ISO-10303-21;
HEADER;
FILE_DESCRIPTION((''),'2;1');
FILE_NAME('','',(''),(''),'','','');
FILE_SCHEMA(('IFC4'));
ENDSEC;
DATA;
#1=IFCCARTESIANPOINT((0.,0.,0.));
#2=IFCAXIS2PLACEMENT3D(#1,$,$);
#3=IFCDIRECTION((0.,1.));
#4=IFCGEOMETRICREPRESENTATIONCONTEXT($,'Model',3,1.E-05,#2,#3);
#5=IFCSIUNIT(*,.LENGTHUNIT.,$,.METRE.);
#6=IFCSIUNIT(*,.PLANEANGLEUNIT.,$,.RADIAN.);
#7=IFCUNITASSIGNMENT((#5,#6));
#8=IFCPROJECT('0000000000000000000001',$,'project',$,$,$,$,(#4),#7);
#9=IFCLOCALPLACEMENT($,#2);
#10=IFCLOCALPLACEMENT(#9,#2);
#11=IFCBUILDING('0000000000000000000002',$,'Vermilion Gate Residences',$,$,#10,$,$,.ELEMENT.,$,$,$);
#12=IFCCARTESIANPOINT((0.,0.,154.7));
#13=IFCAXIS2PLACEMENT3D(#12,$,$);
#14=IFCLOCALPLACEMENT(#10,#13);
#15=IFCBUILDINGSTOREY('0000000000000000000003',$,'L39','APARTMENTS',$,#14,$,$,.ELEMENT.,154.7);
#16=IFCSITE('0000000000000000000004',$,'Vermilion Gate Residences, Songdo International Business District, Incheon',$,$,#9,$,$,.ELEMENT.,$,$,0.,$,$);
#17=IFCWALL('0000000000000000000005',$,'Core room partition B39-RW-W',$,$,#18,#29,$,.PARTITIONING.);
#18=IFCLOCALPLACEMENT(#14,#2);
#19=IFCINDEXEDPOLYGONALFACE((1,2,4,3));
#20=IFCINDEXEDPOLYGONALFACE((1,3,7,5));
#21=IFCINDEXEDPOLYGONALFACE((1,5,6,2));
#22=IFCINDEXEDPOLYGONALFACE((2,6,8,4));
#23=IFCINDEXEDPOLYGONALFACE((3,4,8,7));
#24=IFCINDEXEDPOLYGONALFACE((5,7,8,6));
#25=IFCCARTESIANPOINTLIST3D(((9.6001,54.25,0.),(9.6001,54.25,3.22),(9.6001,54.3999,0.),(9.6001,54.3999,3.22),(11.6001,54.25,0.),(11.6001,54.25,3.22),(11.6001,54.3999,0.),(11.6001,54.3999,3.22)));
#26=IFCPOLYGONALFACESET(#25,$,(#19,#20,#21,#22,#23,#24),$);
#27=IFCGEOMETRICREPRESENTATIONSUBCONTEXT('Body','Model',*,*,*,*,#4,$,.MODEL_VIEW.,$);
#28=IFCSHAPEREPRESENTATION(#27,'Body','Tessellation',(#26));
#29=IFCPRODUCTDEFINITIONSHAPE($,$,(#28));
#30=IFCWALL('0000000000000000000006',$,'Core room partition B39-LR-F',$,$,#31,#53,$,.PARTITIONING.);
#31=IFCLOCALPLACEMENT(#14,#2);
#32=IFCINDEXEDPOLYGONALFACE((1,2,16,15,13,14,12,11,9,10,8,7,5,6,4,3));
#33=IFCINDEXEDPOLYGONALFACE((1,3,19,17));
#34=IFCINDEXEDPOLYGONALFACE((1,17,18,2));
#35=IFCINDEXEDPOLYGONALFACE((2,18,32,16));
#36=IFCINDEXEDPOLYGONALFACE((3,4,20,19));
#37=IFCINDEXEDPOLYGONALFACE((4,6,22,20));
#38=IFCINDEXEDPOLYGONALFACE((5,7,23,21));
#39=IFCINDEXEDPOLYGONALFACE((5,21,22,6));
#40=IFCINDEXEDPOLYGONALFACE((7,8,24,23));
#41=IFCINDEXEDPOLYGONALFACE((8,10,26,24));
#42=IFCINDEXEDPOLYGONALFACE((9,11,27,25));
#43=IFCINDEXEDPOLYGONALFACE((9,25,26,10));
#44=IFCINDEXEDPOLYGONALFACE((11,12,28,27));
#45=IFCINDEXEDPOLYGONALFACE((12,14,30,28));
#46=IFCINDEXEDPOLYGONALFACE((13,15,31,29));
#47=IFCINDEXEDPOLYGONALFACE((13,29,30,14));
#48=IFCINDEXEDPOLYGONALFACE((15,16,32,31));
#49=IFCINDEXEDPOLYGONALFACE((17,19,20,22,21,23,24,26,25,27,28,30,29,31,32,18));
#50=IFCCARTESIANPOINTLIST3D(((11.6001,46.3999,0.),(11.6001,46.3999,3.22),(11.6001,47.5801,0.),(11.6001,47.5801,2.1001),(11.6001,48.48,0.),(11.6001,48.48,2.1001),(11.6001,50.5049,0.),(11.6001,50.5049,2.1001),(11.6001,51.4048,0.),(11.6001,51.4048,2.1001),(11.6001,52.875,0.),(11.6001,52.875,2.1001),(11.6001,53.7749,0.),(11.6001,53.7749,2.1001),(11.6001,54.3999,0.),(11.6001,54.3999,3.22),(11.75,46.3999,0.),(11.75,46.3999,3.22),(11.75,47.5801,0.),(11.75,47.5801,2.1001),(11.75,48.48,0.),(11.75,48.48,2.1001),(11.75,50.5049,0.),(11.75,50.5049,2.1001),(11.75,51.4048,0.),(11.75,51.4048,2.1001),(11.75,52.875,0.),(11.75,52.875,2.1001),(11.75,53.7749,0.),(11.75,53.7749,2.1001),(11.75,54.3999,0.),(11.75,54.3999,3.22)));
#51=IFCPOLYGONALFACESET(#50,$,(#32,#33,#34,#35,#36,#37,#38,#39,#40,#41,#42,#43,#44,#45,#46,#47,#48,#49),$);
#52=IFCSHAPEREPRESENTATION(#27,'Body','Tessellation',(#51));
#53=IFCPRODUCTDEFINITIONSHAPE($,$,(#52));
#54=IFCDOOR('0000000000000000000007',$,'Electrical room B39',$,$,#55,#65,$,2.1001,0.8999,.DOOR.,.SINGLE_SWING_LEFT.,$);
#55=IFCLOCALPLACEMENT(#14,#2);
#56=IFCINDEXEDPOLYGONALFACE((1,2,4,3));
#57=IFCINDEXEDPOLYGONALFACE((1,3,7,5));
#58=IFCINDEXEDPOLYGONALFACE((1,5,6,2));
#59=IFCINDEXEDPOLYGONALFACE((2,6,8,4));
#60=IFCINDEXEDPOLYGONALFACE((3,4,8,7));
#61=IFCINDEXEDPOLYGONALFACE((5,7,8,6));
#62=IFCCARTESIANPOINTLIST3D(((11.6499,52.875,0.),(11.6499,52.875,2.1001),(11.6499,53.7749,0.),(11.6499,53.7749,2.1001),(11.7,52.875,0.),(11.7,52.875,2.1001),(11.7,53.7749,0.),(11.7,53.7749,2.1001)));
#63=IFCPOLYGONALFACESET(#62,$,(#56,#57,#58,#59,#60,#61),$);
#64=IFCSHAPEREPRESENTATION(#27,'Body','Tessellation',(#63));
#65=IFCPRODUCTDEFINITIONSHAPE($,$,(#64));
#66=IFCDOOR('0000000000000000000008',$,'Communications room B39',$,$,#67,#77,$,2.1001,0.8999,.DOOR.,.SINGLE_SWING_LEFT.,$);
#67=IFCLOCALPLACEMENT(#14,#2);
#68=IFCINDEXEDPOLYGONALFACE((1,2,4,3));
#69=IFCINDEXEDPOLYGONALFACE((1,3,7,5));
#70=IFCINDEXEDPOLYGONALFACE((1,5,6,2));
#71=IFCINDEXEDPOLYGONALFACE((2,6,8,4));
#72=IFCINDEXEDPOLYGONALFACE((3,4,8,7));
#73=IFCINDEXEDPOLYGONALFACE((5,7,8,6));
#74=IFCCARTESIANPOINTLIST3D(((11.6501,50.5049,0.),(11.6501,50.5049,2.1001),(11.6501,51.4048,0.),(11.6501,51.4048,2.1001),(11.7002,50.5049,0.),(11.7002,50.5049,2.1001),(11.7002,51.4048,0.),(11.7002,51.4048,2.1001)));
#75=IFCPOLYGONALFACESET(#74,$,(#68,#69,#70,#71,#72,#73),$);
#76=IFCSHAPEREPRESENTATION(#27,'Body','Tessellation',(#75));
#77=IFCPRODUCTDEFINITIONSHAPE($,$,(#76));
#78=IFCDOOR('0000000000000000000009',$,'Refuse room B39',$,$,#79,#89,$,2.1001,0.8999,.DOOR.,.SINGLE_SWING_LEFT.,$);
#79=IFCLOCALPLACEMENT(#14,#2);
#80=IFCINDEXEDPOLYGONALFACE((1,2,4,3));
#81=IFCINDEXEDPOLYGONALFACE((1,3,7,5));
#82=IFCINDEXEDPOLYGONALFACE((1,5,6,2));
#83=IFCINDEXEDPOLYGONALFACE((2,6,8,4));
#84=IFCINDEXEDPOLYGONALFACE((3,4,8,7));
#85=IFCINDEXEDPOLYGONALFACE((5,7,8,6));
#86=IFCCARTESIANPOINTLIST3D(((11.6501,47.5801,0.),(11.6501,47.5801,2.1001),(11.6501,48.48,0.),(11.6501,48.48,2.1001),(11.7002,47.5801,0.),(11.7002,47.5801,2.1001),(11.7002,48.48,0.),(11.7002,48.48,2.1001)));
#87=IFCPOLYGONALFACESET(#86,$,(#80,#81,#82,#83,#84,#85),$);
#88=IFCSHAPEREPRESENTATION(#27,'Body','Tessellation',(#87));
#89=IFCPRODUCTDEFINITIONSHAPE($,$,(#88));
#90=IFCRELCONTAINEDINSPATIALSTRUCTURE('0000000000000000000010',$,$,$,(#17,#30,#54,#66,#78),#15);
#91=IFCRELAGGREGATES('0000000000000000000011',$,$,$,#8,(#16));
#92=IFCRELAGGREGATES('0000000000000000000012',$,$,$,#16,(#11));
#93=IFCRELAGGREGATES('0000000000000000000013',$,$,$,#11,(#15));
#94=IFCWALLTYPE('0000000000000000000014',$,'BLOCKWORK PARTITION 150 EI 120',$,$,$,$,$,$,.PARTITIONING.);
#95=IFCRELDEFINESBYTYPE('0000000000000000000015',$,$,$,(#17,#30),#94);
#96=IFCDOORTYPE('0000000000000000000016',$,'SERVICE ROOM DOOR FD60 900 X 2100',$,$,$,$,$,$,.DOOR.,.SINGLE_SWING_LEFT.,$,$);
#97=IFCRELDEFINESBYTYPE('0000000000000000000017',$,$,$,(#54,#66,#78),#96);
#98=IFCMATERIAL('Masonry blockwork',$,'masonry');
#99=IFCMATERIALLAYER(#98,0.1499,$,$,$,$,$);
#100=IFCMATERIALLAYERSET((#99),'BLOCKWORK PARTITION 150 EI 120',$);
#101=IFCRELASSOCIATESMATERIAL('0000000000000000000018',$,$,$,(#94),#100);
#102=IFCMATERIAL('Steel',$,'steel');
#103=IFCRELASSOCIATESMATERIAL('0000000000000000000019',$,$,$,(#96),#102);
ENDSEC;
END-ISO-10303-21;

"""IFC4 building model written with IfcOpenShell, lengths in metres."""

from ifc_helpers import new_model, si_unit, direction, frame, frame_2d, origin, place, context, subcontext, project, spatial, rectangle, extrude, material, layer, layer_set, type_object, element, fill, save


model = new_model("IFC4")

# Units and contexts
model_context = context("Model", 3, precision=1e-05, world=origin(), true_north=direction((0.0, 1.0)))
body_context = subcontext(model_context, "Body", "Model", "MODEL_VIEW")
ifc_project = project(units=[si_unit("LENGTHUNIT", "METRE"), si_unit("PLANEANGLEUNIT", "RADIAN")], contexts=[model_context])

# Site, building, storey
site_placement = place(None, origin())
site = spatial("IfcSite", under=ifc_project, at=site_placement, Name="Vermilion Gate Residences, Songdo International Business District, Incheon", CompositionType="ELEMENT", RefElevation=0.0)
building_placement = place(site_placement, origin())
building = spatial("IfcBuilding", under=site, at=building_placement, Name="Vermilion Gate Residences", CompositionType="ELEMENT")
storey_placement = place(building_placement, frame((0.0, 0.0, 154.7)))
storey = spatial("IfcBuildingStorey", under=building, at=storey_placement, Name="L39", Description="APARTMENTS", CompositionType="ELEMENT", Elevation=154.7)

# Wall
ifc_material_1 = material(Name="Masonry blockwork", Category="masonry")
ifc_layer_1 = layer(ifc_material_1, 0.1499)
ifc_layer_set_1 = layer_set([ifc_layer_1], Name="BLOCKWORK PARTITION 150 EI 120")
wall_type_1 = type_object("IfcWallType", Name="BLOCKWORK PARTITION 150 EI 120", PredefinedType="PARTITIONING", material=ifc_layer_set_1)
wall_1_placement = place(storey_placement, frame((9.6001, 54.325, 0.0), z_axis=(0.0, 0.0, 1.0), x_axis=(1.0, 0.0, 0.0)))
element("IfcWall", 1, at=wall_1_placement, inside=storey, type_object=wall_type_1, Name="Core room partition B39-RW-W", PredefinedType="PARTITIONING", context=body_context, shape_type="SweptSolid", body=[
    extrude(rectangle(XDim=2.0, YDim=0.1499, at=frame_2d((1.0, 0.0))), origin(), (0.0, 0.0, 1.0), 3.22),
])

# Wall, openings, doors
wall_2_placement = place(storey_placement, frame((11.675, 54.3999, 0.0), z_axis=(0.0, 0.0, 1.0), x_axis=(0.0, -1.0, 0.0)))
wall_2 = element("IfcWall", 2, at=wall_2_placement, inside=storey, type_object=wall_type_1, Name="Core room partition B39-LR-F", PredefinedType="PARTITIONING", context=body_context, shape_type="SweptSolid", body=[
    extrude(rectangle(XDim=8.0, YDim=0.1499, at=frame_2d((4.0, 0.0))), origin(), (0.0, 0.0, 1.0), 3.22),
])
opening_1_placement = place(wall_2_placement, frame((0.625, 0.0, 0.0)))
opening_1 = element("IfcOpeningElement", 3, at=opening_1_placement, cuts=wall_2, PredefinedType="OPENING", context=body_context, shape_type="SweptSolid", body=[
    extrude(rectangle(XDim=0.8999, YDim=2.1001, at=frame_2d((0.45, 1.05))), frame((0.0, 0.085, 0.0), z_axis=(0.0, -1.0, 0.0), x_axis=(1.0, 0.0, 0.0)), (0.0, 0.0, 1.0), 0.1699),
])
opening_2_placement = place(wall_2_placement, frame((2.9951, 0.0, 0.0)))
opening_2 = element("IfcOpeningElement", 4, at=opening_2_placement, cuts=wall_2, PredefinedType="OPENING", context=body_context, shape_type="SweptSolid", body=[
    extrude(rectangle(XDim=0.8999, YDim=2.1001, at=frame_2d((0.45, 1.05))), frame((0.0, 0.085, 0.0), z_axis=(0.0, -1.0, 0.0), x_axis=(1.0, 0.0, 0.0)), (0.0, 0.0, 1.0), 0.1699),
])
opening_3_placement = place(wall_2_placement, frame((5.9199, 0.0, 0.0)))
opening_3 = element("IfcOpeningElement", 5, at=opening_3_placement, cuts=wall_2, PredefinedType="OPENING", context=body_context, shape_type="SweptSolid", body=[
    extrude(rectangle(XDim=0.8999, YDim=2.1001, at=frame_2d((0.45, 1.05))), frame((0.0, 0.085, 0.0), z_axis=(0.0, -1.0, 0.0), x_axis=(1.0, 0.0, 0.0)), (0.0, 0.0, 1.0), 0.1699),
])
ifc_material_2 = material(Name="Steel", Category="steel")
door_type = type_object("IfcDoorType", Name="SERVICE ROOM DOOR FD60 900 X 2100", OperationType="SINGLE_SWING_LEFT", PredefinedType="DOOR", material=ifc_material_2)
door_1_placement = place(opening_1_placement, origin())
door_1 = element("IfcDoor", 6, at=door_1_placement, inside=storey, type_object=door_type, Name="Electrical room B39", OperationType="SINGLE_SWING_LEFT", OverallHeight=2.1001, OverallWidth=0.8999, PredefinedType="DOOR", context=body_context, shape_type="SweptSolid", body=[
    extrude(rectangle(XDim=0.8999, YDim=2.1001, at=frame_2d((0.45, 1.05))), frame((0.0, 0.0249, 0.0), z_axis=(0.0, -1.0, 0.0), x_axis=(1.0, 0.0, 0.0)), (0.0, 0.0, 1.0), 0.05),
])
fill(opening_1, door_1)
door_2_placement = place(opening_2_placement, frame((0.8999, 0.0, 0.0), z_axis=(0.0, 0.0, 1.0), x_axis=(-1.0, 0.0, 0.0)))
door_2 = element("IfcDoor", 7, at=door_2_placement, inside=storey, type_object=door_type, Name="Communications room B39", OperationType="SINGLE_SWING_LEFT", OverallHeight=2.1001, OverallWidth=0.8999, PredefinedType="DOOR", context=body_context, shape_type="SweptSolid", body=[
    extrude(rectangle(XDim=0.8999, YDim=2.1001, at=frame_2d((0.45, 1.05))), frame((0.0, 0.0249, 0.0), z_axis=(0.0, -1.0, 0.0), x_axis=(1.0, 0.0, 0.0)), (0.0, 0.0, 1.0), 0.05),
])
fill(opening_2, door_2)
door_3_placement = place(opening_3_placement, frame((0.8999, 0.0, 0.0), z_axis=(0.0, 0.0, 1.0), x_axis=(-1.0, 0.0, 0.0)))
door_3 = element("IfcDoor", 8, at=door_3_placement, inside=storey, type_object=door_type, Name="Refuse room B39", OperationType="SINGLE_SWING_LEFT", OverallHeight=2.1001, OverallWidth=0.8999, PredefinedType="DOOR", context=body_context, shape_type="SweptSolid", body=[
    extrude(rectangle(XDim=0.8999, YDim=2.1001, at=frame_2d((0.45, 1.05))), frame((0.0, 0.0249, 0.0), z_axis=(0.0, -1.0, 0.0), x_axis=(1.0, 0.0, 0.0)), (0.0, 0.0, 1.0), 0.05),
])
fill(opening_3, door_3)

save(model, "model.ifc")
